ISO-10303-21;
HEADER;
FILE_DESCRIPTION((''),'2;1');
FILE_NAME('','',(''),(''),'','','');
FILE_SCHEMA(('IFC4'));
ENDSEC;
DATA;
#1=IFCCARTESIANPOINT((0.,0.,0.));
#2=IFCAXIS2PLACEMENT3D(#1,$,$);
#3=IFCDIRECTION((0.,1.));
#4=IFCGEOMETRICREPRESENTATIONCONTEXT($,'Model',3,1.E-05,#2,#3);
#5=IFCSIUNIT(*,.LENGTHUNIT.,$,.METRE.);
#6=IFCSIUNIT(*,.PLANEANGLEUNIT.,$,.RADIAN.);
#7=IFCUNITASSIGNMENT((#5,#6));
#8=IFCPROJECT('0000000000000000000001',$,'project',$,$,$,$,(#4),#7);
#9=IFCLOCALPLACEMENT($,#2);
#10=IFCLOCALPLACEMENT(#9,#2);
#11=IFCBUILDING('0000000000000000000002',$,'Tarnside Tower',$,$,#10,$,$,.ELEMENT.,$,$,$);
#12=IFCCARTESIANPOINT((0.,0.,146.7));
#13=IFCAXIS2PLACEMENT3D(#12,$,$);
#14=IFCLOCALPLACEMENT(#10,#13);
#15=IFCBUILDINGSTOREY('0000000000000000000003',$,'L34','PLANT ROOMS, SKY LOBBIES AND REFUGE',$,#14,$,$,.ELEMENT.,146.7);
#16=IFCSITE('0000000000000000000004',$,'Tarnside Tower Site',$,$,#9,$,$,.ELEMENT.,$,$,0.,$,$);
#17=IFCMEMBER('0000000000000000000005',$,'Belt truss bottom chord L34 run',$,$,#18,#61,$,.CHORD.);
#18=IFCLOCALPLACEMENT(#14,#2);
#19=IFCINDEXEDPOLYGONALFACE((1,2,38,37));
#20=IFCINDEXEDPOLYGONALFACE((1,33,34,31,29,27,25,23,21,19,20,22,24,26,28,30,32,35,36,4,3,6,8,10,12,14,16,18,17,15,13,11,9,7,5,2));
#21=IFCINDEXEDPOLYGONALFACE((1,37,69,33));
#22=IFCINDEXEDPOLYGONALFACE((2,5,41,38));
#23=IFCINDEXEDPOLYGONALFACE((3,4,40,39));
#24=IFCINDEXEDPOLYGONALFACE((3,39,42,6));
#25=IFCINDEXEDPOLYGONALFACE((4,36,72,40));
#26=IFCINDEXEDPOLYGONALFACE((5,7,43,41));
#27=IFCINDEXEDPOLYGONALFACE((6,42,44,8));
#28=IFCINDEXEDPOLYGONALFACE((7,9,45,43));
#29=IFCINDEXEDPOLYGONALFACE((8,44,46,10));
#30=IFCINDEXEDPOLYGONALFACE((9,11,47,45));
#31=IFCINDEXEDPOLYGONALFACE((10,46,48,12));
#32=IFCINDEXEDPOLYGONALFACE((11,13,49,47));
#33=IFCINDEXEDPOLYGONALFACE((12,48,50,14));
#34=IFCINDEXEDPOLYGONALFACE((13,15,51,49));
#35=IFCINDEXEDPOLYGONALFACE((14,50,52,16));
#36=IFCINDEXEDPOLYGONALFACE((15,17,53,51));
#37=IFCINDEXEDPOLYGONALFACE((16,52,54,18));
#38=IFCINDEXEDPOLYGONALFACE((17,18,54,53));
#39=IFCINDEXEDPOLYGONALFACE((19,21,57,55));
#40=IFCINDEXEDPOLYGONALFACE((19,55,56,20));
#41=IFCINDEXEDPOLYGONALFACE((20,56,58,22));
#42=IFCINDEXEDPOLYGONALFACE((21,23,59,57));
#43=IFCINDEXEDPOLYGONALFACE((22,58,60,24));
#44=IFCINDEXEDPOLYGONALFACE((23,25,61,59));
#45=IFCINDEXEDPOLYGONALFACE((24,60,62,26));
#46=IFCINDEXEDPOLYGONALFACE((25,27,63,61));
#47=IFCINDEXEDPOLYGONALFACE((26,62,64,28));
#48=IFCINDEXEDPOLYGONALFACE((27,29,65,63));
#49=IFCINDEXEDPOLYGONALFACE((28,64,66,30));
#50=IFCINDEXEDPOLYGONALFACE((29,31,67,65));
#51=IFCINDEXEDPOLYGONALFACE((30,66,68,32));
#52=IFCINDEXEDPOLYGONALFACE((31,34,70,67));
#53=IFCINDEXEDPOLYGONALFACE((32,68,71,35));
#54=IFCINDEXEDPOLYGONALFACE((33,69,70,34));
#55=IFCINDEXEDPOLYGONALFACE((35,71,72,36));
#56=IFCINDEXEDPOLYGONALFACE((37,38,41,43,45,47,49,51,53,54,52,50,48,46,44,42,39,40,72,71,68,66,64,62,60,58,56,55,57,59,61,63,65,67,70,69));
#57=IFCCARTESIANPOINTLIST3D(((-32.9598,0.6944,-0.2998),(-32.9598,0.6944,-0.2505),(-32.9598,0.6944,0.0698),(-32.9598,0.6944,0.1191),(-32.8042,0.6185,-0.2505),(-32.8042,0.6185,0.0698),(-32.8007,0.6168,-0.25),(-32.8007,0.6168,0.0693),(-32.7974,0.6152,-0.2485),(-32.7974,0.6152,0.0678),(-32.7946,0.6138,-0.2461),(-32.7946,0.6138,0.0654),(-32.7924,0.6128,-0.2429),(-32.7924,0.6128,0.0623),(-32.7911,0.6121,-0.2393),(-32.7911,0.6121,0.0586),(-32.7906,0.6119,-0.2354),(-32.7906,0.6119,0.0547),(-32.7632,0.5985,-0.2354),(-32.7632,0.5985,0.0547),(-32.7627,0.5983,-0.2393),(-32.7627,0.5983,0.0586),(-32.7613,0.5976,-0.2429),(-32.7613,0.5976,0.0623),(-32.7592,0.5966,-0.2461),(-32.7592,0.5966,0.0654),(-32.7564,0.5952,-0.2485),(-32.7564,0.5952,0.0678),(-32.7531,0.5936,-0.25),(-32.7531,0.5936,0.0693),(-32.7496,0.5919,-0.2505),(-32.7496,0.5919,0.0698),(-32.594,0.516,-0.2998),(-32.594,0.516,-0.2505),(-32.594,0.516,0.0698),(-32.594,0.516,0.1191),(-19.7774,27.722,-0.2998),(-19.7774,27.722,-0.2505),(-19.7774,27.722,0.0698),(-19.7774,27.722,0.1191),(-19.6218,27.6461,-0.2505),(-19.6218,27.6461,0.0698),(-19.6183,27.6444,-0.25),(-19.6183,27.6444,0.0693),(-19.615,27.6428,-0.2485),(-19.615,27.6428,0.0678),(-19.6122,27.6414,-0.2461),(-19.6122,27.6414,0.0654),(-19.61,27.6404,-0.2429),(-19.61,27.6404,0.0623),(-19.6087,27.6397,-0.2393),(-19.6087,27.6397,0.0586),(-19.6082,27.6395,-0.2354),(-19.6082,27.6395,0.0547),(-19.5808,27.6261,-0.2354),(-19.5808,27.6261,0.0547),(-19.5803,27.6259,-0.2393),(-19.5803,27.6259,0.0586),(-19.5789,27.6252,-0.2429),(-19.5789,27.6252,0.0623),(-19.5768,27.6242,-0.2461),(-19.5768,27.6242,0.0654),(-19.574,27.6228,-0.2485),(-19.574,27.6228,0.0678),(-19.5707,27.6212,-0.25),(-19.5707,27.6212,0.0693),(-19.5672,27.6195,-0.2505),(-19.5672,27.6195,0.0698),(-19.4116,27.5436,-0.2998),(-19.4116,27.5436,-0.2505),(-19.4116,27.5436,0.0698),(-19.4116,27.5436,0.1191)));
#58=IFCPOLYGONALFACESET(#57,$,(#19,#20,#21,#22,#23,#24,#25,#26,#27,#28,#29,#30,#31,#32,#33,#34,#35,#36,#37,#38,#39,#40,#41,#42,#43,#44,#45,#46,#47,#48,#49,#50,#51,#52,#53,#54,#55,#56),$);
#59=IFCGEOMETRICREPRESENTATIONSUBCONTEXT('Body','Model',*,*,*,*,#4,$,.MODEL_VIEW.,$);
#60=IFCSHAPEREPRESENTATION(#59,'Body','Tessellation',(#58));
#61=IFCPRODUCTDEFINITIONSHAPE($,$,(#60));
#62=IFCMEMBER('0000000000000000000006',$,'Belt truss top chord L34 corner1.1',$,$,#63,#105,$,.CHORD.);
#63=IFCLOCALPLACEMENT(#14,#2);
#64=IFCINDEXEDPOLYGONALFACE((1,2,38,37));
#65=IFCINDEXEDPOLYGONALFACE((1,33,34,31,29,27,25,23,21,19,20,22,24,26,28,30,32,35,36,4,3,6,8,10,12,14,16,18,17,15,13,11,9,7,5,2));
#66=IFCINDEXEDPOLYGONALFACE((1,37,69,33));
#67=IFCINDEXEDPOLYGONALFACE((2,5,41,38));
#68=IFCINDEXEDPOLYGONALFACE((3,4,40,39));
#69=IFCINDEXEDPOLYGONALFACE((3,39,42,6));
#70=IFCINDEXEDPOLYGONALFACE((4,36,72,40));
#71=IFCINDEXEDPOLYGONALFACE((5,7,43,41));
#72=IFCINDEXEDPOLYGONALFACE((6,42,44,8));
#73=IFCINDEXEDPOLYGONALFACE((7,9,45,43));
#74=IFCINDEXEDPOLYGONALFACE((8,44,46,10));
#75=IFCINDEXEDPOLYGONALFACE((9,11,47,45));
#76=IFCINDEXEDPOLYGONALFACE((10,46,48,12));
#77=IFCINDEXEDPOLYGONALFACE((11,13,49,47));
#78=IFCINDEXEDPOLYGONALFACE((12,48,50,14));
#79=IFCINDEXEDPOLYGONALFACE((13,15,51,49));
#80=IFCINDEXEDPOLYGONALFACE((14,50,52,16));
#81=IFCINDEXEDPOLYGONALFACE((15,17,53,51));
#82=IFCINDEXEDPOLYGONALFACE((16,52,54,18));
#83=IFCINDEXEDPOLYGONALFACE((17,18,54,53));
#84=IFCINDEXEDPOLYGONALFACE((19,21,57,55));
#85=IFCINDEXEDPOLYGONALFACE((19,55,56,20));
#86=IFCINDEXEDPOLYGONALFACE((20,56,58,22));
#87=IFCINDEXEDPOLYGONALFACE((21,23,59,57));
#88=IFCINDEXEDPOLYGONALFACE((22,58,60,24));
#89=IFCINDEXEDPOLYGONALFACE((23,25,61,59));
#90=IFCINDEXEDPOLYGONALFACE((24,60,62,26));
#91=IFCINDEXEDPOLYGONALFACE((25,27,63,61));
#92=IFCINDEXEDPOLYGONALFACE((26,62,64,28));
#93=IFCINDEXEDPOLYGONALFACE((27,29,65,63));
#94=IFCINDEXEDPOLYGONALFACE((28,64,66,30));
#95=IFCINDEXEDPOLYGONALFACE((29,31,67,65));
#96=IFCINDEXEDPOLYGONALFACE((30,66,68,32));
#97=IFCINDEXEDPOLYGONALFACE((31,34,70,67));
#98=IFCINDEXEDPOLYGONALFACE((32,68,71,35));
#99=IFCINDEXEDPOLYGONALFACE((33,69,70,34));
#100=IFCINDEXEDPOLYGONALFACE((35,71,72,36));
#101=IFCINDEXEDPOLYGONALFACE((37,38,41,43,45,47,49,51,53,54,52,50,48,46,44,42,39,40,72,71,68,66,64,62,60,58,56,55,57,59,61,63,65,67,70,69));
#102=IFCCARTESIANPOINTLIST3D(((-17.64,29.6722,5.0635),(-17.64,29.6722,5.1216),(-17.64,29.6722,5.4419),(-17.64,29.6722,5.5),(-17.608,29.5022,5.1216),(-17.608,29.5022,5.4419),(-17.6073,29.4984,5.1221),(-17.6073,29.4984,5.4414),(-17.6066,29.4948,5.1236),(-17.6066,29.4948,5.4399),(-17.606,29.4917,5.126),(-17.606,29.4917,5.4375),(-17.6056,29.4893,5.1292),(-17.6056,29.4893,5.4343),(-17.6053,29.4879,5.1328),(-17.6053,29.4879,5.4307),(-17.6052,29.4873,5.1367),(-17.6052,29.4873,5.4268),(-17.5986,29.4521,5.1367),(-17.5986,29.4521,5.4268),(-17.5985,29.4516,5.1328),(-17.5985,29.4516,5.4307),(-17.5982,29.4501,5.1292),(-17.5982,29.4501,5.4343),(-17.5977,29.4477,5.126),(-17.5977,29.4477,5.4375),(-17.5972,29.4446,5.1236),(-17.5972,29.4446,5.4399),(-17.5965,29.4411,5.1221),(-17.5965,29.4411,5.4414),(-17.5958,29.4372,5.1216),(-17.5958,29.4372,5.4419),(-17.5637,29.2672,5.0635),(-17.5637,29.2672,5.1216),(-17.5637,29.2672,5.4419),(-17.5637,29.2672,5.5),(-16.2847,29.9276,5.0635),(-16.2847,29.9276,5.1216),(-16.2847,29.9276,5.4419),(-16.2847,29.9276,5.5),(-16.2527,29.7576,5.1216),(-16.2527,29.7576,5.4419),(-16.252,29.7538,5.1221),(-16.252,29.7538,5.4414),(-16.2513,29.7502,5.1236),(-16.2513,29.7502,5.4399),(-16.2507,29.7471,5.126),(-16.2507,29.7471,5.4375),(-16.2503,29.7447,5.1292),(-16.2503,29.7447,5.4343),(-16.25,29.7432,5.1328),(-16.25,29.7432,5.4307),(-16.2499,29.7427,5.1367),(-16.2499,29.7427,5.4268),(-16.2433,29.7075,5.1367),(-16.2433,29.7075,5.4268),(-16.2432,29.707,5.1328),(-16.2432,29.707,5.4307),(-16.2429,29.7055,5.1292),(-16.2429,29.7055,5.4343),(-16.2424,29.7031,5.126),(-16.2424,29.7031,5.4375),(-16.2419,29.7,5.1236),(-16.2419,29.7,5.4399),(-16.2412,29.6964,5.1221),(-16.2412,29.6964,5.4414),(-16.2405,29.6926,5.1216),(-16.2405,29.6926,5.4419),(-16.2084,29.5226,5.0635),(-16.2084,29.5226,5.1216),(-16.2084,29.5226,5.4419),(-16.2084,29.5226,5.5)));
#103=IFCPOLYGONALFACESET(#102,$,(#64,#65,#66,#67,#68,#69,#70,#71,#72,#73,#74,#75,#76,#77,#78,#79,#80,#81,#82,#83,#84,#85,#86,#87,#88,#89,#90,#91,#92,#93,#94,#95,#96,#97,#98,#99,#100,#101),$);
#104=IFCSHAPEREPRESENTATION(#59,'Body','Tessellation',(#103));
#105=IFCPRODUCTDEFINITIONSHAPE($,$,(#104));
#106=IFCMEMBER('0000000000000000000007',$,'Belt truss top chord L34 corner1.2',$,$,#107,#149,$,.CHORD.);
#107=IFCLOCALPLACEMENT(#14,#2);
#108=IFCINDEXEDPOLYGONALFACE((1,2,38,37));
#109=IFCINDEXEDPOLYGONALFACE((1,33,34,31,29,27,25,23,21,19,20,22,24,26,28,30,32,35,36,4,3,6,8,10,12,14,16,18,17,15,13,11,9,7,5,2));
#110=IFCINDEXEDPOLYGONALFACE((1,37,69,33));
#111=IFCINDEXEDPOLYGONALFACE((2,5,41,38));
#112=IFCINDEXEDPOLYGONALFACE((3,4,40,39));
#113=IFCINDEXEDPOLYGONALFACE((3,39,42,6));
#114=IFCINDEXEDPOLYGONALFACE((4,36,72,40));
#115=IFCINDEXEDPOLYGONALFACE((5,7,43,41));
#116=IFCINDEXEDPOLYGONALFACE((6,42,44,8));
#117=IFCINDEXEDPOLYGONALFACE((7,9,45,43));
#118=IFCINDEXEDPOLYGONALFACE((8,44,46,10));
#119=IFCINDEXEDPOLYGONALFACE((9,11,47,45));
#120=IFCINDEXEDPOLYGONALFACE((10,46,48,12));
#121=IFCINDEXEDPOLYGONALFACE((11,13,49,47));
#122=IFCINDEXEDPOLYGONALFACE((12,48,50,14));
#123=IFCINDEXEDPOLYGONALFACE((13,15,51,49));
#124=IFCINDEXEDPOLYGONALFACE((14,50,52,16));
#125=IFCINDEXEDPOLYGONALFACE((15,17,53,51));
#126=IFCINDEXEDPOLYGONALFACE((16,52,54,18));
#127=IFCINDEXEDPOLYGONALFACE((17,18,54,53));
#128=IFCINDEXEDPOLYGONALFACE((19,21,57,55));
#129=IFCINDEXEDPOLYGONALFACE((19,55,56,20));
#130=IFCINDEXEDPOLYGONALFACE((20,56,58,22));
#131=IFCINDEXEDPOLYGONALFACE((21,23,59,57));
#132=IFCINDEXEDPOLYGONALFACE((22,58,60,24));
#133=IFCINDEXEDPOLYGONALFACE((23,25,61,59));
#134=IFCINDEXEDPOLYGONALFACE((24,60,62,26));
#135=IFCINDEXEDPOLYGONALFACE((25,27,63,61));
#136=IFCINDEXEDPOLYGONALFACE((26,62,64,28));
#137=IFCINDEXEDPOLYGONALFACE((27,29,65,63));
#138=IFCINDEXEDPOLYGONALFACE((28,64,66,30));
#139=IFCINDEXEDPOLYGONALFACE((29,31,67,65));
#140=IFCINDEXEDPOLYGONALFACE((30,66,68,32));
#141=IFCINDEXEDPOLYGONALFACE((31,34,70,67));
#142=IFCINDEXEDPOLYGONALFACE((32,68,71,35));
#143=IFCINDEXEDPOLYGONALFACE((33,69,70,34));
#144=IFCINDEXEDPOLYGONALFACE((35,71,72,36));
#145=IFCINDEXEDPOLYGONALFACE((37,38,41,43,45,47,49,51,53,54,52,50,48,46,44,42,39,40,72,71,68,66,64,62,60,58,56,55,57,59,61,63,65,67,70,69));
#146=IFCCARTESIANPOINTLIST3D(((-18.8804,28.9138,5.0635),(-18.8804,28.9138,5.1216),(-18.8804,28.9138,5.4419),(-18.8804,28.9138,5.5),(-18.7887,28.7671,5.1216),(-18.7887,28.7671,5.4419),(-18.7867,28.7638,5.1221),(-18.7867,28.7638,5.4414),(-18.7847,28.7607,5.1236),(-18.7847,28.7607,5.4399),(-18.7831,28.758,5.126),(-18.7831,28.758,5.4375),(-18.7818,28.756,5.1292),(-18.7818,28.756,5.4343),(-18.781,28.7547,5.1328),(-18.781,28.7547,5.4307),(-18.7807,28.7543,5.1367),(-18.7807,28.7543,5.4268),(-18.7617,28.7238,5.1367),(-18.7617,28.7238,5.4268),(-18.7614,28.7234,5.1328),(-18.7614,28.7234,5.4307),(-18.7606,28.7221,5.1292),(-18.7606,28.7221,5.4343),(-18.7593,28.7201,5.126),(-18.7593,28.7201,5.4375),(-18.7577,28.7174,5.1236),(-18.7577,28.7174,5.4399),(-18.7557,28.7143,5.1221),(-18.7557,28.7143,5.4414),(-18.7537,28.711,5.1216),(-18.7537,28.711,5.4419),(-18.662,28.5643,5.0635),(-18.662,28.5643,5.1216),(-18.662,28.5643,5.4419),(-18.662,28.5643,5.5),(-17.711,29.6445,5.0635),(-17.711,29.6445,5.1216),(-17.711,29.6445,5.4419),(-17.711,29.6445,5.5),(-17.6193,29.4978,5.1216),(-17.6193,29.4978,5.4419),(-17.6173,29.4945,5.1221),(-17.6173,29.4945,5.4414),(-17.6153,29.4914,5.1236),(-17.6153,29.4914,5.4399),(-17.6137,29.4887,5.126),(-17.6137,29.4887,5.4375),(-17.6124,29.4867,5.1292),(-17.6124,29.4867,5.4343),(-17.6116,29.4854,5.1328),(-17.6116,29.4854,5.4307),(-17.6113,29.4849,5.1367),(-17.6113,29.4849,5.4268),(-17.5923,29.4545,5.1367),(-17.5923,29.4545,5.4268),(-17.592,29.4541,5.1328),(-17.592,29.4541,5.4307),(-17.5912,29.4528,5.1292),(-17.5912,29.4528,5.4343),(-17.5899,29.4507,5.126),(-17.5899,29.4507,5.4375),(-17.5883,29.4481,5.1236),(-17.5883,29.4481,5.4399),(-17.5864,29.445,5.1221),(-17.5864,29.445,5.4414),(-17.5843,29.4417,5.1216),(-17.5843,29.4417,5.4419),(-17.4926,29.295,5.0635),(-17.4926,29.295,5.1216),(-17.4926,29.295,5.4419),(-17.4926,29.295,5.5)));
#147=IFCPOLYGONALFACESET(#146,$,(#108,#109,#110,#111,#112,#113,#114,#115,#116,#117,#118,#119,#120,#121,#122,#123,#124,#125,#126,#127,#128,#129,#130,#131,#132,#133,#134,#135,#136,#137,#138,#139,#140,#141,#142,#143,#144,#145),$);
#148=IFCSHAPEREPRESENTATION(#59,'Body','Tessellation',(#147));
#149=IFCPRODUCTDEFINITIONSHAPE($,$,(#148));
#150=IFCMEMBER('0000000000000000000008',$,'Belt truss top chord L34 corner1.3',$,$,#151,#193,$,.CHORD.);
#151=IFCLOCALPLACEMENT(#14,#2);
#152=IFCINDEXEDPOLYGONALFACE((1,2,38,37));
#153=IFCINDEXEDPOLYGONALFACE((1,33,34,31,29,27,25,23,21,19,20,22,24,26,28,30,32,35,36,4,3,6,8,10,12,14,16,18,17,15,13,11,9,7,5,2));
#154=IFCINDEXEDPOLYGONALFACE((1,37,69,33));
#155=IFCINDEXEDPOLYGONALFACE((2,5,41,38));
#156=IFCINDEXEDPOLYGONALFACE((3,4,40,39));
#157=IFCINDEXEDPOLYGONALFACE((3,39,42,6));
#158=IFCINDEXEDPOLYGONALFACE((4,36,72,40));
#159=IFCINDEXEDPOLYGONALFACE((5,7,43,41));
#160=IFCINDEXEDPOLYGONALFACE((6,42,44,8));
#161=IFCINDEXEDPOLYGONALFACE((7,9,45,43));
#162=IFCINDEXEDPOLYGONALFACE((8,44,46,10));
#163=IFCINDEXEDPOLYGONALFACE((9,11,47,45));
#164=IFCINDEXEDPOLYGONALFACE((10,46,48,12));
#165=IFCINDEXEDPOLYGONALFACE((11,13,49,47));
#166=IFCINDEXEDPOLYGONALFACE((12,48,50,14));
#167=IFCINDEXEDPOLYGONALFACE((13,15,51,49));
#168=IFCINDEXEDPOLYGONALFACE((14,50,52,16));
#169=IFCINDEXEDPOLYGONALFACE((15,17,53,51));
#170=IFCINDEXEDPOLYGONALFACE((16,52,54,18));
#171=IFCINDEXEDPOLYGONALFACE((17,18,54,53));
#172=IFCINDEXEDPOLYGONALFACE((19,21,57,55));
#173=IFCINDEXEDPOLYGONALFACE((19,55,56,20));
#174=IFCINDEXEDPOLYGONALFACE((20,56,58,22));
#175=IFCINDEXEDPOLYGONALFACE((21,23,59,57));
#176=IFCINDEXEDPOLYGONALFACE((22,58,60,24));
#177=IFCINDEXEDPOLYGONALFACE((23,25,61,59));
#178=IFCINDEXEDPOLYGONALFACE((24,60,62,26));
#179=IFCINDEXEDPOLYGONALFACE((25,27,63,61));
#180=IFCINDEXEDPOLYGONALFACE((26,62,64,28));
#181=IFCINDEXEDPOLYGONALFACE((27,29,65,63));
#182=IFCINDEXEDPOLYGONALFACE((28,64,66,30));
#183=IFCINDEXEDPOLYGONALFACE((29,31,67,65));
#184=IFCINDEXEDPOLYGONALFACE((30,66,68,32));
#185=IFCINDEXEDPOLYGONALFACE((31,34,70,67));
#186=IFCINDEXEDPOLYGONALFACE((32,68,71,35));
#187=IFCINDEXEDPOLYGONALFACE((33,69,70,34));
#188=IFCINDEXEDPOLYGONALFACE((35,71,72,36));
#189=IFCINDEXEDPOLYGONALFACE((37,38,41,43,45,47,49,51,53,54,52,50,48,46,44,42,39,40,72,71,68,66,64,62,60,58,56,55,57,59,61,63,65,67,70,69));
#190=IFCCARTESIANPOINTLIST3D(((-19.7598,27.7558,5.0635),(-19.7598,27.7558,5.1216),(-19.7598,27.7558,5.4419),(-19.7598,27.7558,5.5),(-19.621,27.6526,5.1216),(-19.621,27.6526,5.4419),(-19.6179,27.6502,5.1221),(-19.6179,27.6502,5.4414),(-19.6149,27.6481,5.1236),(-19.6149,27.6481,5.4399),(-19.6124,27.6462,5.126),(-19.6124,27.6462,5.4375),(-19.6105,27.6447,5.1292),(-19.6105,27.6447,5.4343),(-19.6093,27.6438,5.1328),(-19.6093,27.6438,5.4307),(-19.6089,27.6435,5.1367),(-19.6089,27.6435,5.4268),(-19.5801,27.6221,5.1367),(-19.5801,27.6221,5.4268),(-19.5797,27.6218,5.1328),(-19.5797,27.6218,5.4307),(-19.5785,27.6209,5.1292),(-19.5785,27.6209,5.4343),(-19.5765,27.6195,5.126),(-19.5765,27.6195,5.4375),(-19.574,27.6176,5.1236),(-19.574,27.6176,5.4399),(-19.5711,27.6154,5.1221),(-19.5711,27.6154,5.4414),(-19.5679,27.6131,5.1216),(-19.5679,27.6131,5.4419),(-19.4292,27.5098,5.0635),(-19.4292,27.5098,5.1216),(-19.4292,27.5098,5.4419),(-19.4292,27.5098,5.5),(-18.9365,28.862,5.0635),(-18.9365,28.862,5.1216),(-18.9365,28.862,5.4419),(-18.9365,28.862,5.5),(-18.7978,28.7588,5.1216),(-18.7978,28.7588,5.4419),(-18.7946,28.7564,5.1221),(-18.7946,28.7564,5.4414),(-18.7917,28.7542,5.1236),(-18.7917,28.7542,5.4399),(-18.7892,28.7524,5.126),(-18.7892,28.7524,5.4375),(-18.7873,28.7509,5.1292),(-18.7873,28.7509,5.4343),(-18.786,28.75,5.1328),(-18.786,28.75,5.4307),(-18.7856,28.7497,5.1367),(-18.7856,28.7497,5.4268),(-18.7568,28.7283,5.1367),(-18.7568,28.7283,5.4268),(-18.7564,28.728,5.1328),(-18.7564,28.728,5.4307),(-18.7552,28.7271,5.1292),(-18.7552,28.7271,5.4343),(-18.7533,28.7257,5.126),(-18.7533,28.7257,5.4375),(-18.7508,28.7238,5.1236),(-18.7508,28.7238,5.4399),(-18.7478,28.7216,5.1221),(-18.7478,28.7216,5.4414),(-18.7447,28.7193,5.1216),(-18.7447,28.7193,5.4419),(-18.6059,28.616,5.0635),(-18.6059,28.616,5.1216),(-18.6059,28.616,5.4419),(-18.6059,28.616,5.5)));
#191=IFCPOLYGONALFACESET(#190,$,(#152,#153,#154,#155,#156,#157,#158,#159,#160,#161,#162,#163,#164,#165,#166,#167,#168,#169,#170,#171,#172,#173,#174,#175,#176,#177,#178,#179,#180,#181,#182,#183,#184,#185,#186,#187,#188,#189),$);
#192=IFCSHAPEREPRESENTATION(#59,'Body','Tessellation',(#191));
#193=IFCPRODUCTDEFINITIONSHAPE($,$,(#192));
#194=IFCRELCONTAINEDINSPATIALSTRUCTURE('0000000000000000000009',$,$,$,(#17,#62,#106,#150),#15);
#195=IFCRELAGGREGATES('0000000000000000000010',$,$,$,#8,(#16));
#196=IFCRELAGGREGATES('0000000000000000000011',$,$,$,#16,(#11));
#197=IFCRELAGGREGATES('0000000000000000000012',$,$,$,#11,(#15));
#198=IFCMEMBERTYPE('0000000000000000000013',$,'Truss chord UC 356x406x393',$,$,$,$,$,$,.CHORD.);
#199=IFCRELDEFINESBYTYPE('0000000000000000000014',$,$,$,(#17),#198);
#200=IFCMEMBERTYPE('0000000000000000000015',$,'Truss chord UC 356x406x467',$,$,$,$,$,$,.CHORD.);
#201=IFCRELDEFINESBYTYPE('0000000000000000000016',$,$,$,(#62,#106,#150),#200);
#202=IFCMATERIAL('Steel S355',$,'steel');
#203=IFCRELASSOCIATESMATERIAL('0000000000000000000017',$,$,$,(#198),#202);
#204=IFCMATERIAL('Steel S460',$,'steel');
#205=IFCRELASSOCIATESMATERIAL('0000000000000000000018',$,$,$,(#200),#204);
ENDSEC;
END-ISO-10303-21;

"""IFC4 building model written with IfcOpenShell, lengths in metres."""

from ifc_helpers import new_model, si_unit, direction, frame, origin, origin_2d, place, context, subcontext, project, spatial, i_section, extrude, material, material_profile, profile_set, type_object, element, save


model = new_model("IFC4")

# Units and contexts
model_context = context("Model", 3, precision=1e-05, world=origin(), true_north=direction((0.0, 1.0)))
body_context = subcontext(model_context, "Body", "Model", "MODEL_VIEW")
ifc_project = project(units=[si_unit("LENGTHUNIT", "METRE"), si_unit("PLANEANGLEUNIT", "RADIAN")], contexts=[model_context])

# Site, building, storey
site_placement = place(None, origin())
site = spatial("IfcSite", under=ifc_project, at=site_placement, Name="Tarnside Tower Site", CompositionType="ELEMENT", RefElevation=0.0)
building_placement = place(site_placement, origin())
building = spatial("IfcBuilding", under=site, at=building_placement, Name="Tarnside Tower", CompositionType="ELEMENT")
storey_placement = place(building_placement, frame((0.0, 0.0, 146.7)))
storey = spatial("IfcBuildingStorey", under=building, at=storey_placement, Name="L34", Description="PLANT ROOMS, SKY LOBBIES AND REFUGE", CompositionType="ELEMENT", Elevation=146.7)

# Shared definitions
ifc_material_1 = material(Name="Steel S355", Category="steel")

# Members
ifc_material_profile_1 = material_profile(ifc_material_1, i_section(OverallWidth=0.407, OverallDepth=0.4189, WebThickness=0.0305, FlangeThickness=0.0493, FilletRadius=0.0151, at=origin_2d()), Name="UC 356x406x393")
ifc_profile_set_1 = profile_set([ifc_material_profile_1], Name="Steel S355")
member_type_1 = type_object("IfcMemberType", Name="Truss chord UC 356x406x393", PredefinedType="CHORD", material=ifc_profile_set_1)
member_1_placement = place(storey_placement, frame((-19.5945, 27.6328, -0.0903), z_axis=(-0.438375, -0.898792, 0.0), x_axis=(0.898792, -0.438375, 0.0)))
element("IfcMember", 1, at=member_1_placement, inside=storey, type_object=member_type_1, Name="Belt truss bottom chord L34 run", PredefinedType="CHORD", context=body_context, shape_type="SweptSolid", body=[
    extrude(i_section(OverallWidth=0.407, OverallDepth=0.4189, WebThickness=0.0305, FlangeThickness=0.0493, FilletRadius=0.0151, at=origin_2d()), origin(), (0.0, 0.0, 1.0), 30.071),
])
ifc_material_2 = material(Name="Steel S460", Category="steel")
ifc_material_profile_2 = material_profile(ifc_material_2, i_section(OverallWidth=0.4121, OverallDepth=0.4365, WebThickness=0.0359, FlangeThickness=0.0581, FilletRadius=0.0151, at=origin_2d()), Name="UC 356x406x467")
ifc_profile_set_2 = profile_set([ifc_material_profile_2], Name="Steel S460")
member_type_2 = type_object("IfcMemberType", Name="Truss chord UC 356x406x467", PredefinedType="CHORD", material=ifc_profile_set_2)
member_2_placement = place(storey_placement, frame((-16.2466, 29.7251, 5.2817), z_axis=(-0.982705, -0.185176, 0.0), x_axis=(0.185176, -0.982705, 0.0)))
element("IfcMember", 2, at=member_2_placement, inside=storey, type_object=member_type_2, Name="Belt truss top chord L34 corner1.1", PredefinedType="CHORD", context=body_context, shape_type="SweptSolid", body=[
    extrude(i_section(OverallWidth=0.4121, OverallDepth=0.4365, WebThickness=0.0359, FlangeThickness=0.0581, FilletRadius=0.0151, at=origin_2d()), origin(), (0.0, 0.0, 1.0), 1.3792),
])
for number, where, z_axis, x_axis, name in (
    (3, (-17.6018, 29.4697, 5.2817), (-0.848058, -0.529903, 0.0), (0.529903, -0.848058, 0.0), "Belt truss top chord L34 corner1.2"),
    (4, (-18.7712, 28.739, 5.2817), (-0.597021, -0.802225, 0.0), (0.802225, -0.597021, 0.0), "Belt truss top chord L34 corner1.3"),
):
    element("IfcMember", number, at=place(storey_placement, frame(where, z_axis=z_axis, x_axis=x_axis)), inside=storey, type_object=member_type_2, Name=name, PredefinedType="CHORD", context=body_context, shape_type="SweptSolid", body=[
        extrude(i_section(OverallWidth=0.4121, OverallDepth=0.4365, WebThickness=0.0359, FlangeThickness=0.0581, FilletRadius=0.0151, at=origin_2d()), origin(), (0.0, 0.0, 1.0), 1.3789),
    ])

save(model, "model.ifc")
